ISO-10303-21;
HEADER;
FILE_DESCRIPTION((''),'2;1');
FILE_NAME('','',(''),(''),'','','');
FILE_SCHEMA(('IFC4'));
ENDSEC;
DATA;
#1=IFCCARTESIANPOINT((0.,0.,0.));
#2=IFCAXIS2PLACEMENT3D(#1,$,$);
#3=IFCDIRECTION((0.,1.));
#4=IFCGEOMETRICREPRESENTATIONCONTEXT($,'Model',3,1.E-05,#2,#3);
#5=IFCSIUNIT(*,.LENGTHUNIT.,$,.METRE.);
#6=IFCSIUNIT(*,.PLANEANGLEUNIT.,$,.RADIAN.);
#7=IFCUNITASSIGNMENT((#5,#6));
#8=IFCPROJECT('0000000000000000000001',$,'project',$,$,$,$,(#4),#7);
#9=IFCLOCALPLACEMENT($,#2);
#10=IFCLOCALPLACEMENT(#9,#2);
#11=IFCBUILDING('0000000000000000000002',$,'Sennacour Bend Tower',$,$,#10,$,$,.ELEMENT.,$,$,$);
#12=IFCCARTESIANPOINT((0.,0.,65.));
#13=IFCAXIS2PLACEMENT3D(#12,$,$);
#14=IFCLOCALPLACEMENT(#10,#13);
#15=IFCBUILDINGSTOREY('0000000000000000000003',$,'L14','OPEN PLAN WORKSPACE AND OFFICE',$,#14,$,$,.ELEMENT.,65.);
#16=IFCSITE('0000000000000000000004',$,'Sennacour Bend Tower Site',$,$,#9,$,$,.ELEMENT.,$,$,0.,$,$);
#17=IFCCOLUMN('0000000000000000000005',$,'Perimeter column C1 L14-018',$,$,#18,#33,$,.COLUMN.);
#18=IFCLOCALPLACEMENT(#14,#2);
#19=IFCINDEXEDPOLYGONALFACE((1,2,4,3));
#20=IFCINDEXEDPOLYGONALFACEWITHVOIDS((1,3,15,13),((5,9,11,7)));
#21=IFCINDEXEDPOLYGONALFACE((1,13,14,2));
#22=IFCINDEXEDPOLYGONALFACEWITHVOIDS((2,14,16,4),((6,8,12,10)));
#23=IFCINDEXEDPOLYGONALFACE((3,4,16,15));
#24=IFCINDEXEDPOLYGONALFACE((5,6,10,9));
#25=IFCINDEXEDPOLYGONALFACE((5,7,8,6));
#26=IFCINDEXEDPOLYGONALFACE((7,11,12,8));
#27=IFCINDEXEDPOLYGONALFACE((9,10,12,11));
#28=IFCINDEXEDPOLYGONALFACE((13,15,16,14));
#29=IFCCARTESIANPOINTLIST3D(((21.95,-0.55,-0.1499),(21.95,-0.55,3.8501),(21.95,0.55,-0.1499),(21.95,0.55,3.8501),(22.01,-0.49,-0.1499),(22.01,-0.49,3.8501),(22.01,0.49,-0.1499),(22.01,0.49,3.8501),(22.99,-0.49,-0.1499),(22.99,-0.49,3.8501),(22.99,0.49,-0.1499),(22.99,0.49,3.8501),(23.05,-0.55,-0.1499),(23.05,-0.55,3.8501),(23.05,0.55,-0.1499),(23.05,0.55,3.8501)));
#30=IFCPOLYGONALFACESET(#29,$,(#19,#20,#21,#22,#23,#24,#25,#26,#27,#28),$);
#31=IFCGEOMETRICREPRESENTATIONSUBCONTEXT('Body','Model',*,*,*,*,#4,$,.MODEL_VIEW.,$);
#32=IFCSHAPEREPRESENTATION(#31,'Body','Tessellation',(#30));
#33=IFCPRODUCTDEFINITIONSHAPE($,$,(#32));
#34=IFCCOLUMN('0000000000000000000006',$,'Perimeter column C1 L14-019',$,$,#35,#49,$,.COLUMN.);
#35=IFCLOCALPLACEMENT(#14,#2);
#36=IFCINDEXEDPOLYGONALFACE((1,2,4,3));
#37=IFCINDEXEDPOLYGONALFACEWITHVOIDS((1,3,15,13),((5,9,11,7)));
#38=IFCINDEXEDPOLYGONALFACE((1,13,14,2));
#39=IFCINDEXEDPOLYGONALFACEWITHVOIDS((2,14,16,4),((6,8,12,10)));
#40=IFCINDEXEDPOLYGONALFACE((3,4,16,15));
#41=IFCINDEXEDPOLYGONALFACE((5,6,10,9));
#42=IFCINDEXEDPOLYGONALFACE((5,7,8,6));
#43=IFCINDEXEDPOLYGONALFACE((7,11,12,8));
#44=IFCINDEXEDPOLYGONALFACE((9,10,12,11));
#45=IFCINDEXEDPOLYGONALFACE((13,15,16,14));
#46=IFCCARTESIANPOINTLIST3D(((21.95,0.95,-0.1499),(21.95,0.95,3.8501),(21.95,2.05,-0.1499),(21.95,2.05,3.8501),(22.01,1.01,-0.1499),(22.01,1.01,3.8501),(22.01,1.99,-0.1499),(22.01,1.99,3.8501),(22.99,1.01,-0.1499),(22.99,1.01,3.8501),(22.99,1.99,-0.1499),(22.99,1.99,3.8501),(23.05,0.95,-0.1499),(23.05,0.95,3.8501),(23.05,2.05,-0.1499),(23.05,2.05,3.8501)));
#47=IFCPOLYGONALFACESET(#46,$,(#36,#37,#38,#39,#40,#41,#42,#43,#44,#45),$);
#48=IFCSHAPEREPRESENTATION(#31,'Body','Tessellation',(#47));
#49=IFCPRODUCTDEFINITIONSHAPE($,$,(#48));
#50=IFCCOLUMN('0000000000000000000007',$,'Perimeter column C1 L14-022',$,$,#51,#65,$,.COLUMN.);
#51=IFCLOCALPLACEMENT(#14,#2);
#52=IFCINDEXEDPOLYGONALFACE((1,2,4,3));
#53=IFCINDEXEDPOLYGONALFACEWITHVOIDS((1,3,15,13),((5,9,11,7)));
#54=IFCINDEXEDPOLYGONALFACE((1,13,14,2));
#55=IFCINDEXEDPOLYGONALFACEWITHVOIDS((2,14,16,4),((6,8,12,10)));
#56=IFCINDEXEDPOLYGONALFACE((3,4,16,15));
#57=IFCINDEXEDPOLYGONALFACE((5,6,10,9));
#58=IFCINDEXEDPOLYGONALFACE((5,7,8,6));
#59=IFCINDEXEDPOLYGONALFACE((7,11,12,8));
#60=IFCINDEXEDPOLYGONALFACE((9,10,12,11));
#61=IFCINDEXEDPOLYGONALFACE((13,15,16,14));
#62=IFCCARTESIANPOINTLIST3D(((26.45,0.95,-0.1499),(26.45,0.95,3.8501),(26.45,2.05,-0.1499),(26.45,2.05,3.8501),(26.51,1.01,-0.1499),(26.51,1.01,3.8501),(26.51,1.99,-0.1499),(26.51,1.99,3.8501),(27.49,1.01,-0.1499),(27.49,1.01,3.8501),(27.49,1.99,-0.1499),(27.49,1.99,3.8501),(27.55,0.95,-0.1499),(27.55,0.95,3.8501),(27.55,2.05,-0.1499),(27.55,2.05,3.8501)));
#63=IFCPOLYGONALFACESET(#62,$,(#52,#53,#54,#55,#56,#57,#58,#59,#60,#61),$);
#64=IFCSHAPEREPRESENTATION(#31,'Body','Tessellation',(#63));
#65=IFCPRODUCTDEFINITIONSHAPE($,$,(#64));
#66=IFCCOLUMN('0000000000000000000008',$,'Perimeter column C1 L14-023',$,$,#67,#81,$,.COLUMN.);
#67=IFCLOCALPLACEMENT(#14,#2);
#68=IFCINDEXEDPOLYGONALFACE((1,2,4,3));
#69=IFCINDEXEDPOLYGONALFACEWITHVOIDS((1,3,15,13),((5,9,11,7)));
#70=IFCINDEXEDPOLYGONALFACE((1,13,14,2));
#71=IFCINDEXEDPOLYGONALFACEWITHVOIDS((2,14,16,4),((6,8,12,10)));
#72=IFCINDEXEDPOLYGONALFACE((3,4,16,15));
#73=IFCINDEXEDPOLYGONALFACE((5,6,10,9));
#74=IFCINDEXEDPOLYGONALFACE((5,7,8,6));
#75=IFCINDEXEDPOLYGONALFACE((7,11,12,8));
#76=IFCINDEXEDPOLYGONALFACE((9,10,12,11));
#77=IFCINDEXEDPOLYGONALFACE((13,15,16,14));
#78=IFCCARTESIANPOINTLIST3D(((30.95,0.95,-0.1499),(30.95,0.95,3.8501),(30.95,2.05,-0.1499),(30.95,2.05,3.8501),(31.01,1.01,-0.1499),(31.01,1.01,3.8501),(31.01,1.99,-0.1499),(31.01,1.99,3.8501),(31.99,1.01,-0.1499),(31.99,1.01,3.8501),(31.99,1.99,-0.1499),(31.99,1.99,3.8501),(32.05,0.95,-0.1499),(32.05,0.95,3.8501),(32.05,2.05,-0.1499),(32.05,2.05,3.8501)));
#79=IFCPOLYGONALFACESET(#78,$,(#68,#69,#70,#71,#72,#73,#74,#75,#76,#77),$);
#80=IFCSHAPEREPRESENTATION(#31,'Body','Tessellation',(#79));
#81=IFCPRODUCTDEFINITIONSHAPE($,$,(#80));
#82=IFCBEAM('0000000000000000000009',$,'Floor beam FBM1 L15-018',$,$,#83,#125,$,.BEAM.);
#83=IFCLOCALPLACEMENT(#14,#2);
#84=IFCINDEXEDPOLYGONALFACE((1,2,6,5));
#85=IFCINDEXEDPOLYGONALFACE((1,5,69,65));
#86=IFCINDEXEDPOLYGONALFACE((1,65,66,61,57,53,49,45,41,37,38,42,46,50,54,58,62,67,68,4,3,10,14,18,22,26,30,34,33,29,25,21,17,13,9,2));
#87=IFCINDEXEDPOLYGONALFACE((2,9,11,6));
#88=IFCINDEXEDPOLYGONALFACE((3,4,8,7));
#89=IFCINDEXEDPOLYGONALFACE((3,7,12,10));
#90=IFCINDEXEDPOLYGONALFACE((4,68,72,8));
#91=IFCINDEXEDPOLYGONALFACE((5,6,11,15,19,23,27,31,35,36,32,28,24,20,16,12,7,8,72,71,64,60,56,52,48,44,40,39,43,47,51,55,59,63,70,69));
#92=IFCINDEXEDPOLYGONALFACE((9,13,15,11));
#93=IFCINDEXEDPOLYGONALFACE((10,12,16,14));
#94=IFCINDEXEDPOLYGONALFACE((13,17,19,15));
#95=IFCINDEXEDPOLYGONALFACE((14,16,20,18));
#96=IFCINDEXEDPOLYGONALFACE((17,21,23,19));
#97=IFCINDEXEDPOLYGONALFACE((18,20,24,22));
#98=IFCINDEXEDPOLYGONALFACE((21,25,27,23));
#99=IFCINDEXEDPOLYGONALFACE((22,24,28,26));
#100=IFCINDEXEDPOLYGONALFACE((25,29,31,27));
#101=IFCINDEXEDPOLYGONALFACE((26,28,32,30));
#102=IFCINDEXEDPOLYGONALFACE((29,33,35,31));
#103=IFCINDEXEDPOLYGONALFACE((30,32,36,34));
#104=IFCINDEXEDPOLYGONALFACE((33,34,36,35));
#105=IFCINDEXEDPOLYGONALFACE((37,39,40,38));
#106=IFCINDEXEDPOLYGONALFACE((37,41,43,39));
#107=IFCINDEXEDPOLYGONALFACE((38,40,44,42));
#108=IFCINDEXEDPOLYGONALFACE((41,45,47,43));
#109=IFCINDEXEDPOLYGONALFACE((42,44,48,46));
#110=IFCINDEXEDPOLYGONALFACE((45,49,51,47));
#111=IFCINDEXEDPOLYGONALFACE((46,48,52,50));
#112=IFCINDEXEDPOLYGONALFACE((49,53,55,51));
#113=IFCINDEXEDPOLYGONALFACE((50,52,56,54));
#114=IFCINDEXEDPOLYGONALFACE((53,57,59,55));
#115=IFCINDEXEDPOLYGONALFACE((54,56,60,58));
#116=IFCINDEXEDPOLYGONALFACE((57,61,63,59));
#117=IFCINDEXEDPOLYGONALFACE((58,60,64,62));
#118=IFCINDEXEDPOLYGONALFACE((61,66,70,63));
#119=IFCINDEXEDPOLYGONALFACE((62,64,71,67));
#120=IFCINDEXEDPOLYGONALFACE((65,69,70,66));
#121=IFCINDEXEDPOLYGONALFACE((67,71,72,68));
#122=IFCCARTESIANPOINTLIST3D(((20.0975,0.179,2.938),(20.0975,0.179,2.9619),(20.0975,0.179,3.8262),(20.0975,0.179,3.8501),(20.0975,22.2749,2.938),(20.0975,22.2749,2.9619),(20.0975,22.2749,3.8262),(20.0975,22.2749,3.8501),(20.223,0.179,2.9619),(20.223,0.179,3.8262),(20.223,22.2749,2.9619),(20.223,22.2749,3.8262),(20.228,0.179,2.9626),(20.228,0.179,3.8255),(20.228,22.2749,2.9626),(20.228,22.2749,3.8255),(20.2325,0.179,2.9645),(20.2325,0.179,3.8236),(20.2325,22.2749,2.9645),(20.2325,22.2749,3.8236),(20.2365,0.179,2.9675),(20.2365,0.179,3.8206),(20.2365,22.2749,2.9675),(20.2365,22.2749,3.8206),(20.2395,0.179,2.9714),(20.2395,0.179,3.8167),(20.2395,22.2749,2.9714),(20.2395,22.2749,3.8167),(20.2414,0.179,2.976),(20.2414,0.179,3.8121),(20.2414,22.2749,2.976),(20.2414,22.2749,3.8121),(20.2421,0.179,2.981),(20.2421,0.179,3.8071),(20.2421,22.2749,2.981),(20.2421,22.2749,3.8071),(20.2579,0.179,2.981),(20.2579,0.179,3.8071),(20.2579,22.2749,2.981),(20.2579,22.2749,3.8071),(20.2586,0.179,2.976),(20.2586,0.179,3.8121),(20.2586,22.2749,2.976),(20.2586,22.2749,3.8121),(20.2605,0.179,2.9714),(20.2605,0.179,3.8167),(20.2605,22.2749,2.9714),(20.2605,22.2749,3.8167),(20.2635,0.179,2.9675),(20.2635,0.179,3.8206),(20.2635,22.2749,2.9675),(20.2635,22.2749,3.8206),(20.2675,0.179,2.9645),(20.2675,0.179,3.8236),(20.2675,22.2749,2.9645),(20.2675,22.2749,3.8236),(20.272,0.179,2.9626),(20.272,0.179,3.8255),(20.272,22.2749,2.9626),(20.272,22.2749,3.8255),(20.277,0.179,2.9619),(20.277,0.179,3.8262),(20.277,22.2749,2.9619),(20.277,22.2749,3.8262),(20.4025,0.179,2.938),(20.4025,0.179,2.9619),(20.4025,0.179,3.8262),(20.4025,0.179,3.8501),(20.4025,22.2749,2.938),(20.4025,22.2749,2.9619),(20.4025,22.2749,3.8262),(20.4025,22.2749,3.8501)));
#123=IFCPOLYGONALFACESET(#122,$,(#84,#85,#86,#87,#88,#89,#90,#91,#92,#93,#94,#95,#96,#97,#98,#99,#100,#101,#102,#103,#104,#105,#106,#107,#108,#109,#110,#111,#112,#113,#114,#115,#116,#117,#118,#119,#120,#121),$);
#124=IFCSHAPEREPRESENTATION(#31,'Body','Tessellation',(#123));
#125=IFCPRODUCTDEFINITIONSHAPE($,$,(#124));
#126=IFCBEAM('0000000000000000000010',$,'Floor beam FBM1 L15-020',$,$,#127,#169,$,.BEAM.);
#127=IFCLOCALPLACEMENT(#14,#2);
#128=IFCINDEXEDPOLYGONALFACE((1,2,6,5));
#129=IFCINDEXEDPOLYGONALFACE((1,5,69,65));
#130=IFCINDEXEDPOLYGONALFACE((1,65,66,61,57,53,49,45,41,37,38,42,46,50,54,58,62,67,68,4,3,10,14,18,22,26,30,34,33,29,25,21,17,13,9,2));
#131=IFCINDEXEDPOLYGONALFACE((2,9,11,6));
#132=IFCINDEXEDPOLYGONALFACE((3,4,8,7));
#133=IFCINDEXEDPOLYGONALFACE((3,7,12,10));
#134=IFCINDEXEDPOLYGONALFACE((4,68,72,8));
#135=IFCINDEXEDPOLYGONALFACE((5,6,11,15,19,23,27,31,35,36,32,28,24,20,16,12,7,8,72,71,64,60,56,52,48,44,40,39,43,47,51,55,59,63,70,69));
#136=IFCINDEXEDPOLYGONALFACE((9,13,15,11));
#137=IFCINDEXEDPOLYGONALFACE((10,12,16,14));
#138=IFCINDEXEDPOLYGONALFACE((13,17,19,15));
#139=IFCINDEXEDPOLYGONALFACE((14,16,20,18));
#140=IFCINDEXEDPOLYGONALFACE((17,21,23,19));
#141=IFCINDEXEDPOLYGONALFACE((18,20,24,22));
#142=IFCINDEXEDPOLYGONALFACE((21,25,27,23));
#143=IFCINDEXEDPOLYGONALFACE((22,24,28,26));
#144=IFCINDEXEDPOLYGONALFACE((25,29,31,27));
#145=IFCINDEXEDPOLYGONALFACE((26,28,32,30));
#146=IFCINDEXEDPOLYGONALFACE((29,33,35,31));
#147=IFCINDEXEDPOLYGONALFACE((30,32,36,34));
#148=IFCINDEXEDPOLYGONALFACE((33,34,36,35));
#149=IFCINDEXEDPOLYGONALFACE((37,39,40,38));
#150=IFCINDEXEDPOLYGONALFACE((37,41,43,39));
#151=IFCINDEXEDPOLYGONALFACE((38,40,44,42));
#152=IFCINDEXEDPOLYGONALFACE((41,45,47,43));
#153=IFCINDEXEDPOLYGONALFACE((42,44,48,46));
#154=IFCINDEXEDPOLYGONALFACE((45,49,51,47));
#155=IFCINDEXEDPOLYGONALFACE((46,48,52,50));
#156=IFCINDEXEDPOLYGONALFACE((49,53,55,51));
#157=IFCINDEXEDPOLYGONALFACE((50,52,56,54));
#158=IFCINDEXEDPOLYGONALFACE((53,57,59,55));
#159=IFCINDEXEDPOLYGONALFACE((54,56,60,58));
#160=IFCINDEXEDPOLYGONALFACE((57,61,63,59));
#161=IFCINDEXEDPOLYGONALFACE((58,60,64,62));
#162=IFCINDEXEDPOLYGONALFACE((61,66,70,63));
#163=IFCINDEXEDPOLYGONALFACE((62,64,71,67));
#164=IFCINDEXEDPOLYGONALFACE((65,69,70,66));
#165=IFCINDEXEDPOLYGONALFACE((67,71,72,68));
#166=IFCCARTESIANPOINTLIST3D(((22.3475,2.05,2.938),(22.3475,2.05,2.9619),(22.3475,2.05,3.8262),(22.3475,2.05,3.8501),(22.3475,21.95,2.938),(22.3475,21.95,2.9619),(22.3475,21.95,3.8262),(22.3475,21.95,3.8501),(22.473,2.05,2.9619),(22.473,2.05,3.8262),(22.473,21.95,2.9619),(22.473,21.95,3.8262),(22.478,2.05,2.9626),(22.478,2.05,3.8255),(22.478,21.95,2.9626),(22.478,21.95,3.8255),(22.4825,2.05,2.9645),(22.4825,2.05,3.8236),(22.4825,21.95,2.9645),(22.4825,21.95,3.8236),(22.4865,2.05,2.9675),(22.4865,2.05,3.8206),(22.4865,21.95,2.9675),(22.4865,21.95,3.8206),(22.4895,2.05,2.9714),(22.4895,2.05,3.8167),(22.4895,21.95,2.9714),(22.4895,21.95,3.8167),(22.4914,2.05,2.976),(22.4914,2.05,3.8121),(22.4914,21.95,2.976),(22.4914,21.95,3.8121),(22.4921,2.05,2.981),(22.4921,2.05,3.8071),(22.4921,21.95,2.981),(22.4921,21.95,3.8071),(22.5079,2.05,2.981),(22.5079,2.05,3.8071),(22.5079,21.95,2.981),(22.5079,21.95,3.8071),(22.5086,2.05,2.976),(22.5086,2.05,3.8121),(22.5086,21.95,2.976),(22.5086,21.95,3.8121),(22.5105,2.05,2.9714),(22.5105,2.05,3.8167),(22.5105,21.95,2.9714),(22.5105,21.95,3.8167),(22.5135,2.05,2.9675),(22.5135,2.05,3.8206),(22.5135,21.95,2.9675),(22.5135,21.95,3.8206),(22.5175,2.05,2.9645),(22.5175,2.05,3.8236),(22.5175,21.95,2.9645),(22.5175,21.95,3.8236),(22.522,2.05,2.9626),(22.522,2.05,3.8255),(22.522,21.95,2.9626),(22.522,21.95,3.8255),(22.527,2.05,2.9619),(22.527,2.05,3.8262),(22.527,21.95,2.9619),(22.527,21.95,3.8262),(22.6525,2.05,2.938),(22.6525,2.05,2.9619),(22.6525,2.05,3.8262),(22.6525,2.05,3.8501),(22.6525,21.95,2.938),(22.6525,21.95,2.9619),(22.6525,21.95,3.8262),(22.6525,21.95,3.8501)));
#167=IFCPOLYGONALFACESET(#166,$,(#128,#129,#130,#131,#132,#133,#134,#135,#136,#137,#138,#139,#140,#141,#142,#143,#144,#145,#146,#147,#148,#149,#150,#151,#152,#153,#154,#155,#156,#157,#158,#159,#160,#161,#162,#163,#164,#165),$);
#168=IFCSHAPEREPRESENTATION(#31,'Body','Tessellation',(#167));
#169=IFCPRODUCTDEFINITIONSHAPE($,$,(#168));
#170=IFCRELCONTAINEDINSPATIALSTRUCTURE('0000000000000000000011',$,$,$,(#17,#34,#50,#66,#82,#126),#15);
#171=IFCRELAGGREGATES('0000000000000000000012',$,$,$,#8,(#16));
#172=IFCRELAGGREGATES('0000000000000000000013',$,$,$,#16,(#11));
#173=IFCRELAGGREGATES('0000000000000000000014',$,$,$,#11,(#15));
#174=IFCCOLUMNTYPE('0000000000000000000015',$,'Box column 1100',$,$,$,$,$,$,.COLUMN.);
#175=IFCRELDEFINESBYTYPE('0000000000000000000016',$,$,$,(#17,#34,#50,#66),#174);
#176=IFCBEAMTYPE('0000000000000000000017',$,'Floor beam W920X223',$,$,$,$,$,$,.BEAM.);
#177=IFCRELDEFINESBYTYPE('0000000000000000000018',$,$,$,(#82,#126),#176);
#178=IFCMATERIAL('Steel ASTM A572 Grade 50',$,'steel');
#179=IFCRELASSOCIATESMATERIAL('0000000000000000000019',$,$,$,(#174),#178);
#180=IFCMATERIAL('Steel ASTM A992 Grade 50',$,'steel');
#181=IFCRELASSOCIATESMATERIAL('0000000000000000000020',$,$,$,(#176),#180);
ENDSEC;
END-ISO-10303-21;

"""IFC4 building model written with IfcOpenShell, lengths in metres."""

from ifc_helpers import new_model, si_unit, direction, frame, origin, origin_2d, place, context, subcontext, project, spatial, hollow_rectangle, i_section, extrude, material, material_profile, profile_set, type_object, element, save


model = new_model("IFC4")

# Units and contexts
model_context = context("Model", 3, precision=1e-05, world=origin(), true_north=direction((0.0, 1.0)))
body_context = subcontext(model_context, "Body", "Model", "MODEL_VIEW")
ifc_project = project(units=[si_unit("LENGTHUNIT", "METRE"), si_unit("PLANEANGLEUNIT", "RADIAN")], contexts=[model_context])

# Site, building, storey
site_placement = place(None, origin())
site = spatial("IfcSite", under=ifc_project, at=site_placement, Name="Sennacour Bend Tower Site", CompositionType="ELEMENT", RefElevation=0.0)
building_placement = place(site_placement, origin())
building = spatial("IfcBuilding", under=site, at=building_placement, Name="Sennacour Bend Tower", CompositionType="ELEMENT")
storey_placement = place(building_placement, frame((0.0, 0.0, 65.0)))
storey = spatial("IfcBuildingStorey", under=building, at=storey_placement, Name="L14", Description="OPEN PLAN WORKSPACE AND OFFICE", CompositionType="ELEMENT", Elevation=65.0)

# Columns
ifc_material_1 = material(Name="Steel ASTM A572 Grade 50", Category="steel")
ifc_material_profile_1 = material_profile(ifc_material_1, hollow_rectangle(XDim=1.1001, YDim=1.1001, WallThickness=0.0601, at=origin_2d()), Name="Steel ASTM A572 Grade 50", Category="steel")
ifc_profile_set_1 = profile_set([ifc_material_profile_1], Name="Steel ASTM A572 Grade 50")
column_type = type_object("IfcColumnType", Name="Box column 1100", PredefinedType="COLUMN", material=ifc_profile_set_1)
for number, where, z_axis, x_axis, name in (
    (1, (22.5, 0.0, -0.1499), (0.0, 0.0, 1.0), (1.0, 0.0, 0.0), "Perimeter column C1 L14-018"),
    (2, (22.5, 1.5, -0.1499), (0.0, 0.0, 1.0), (1.0, 0.0, 0.0), "Perimeter column C1 L14-019"),
    (3, (27.0, 1.5, -0.1499), (0.0, 0.0, 1.0), (1.0, 0.0, 0.0), "Perimeter column C1 L14-022"),
    (4, (31.5, 1.5, -0.1499), (0.0, 0.0, 1.0), (1.0, 0.0, 0.0), "Perimeter column C1 L14-023"),
):
    element("IfcColumn", number, at=place(storey_placement, frame(where, z_axis=z_axis, x_axis=x_axis)), inside=storey, type_object=column_type, Name=name, PredefinedType="COLUMN", context=body_context, shape_type="SweptSolid", body=[
        extrude(hollow_rectangle(XDim=1.1001, YDim=1.1001, WallThickness=0.0601, at=origin_2d()), origin(), (0.0, 0.0, 1.0), 4.0),
    ])

# Beams
ifc_material_2 = material(Name="Steel ASTM A992 Grade 50", Category="steel")
ifc_material_profile_2 = material_profile(ifc_material_2, i_section(OverallWidth=0.3049, OverallDepth=0.9121, WebThickness=0.0159, FlangeThickness=0.0239, FilletRadius=0.019, at=origin_2d()), Name="Steel ASTM A992 Grade 50", Category="steel")
ifc_profile_set_2 = profile_set([ifc_material_profile_2], Name="Steel ASTM A992 Grade 50")
beam_type_1 = type_object("IfcBeamType", Name="Floor beam W920X223", PredefinedType="BEAM", material=ifc_profile_set_2)
beam_1_placement = place(storey_placement, frame((20.25, 0.179, 3.394), z_axis=(0.0, 1.0, 0.0), x_axis=(-1.0, 0.0, 0.0)))
element("IfcBeam", 5, at=beam_1_placement, inside=storey, type_object=beam_type_1, Name="Floor beam FBM1 L15-018", PredefinedType="BEAM", context=body_context, shape_type="SweptSolid", body=[
    extrude(i_section(OverallWidth=0.3049, OverallDepth=0.9121, WebThickness=0.0159, FlangeThickness=0.0239, FilletRadius=0.019, at=origin_2d()), origin(), (0.0, 0.0, 1.0), 22.0959),
])
beam_2_placement = place(storey_placement, frame((22.5, 2.05, 3.394), z_axis=(0.0, 1.0, 0.0), x_axis=(-1.0, 0.0, 0.0)))
element("IfcBeam", 6, at=beam_2_placement, inside=storey, type_object=beam_type_1, Name="Floor beam FBM1 L15-020", PredefinedType="BEAM", context=body_context, shape_type="SweptSolid", body=[
    extrude(i_section(OverallWidth=0.3049, OverallDepth=0.9121, WebThickness=0.0159, FlangeThickness=0.0239, FilletRadius=0.019, at=origin_2d()), origin(), (0.0, 0.0, 1.0), 19.8999),
])

save(model, "model.ifc")
